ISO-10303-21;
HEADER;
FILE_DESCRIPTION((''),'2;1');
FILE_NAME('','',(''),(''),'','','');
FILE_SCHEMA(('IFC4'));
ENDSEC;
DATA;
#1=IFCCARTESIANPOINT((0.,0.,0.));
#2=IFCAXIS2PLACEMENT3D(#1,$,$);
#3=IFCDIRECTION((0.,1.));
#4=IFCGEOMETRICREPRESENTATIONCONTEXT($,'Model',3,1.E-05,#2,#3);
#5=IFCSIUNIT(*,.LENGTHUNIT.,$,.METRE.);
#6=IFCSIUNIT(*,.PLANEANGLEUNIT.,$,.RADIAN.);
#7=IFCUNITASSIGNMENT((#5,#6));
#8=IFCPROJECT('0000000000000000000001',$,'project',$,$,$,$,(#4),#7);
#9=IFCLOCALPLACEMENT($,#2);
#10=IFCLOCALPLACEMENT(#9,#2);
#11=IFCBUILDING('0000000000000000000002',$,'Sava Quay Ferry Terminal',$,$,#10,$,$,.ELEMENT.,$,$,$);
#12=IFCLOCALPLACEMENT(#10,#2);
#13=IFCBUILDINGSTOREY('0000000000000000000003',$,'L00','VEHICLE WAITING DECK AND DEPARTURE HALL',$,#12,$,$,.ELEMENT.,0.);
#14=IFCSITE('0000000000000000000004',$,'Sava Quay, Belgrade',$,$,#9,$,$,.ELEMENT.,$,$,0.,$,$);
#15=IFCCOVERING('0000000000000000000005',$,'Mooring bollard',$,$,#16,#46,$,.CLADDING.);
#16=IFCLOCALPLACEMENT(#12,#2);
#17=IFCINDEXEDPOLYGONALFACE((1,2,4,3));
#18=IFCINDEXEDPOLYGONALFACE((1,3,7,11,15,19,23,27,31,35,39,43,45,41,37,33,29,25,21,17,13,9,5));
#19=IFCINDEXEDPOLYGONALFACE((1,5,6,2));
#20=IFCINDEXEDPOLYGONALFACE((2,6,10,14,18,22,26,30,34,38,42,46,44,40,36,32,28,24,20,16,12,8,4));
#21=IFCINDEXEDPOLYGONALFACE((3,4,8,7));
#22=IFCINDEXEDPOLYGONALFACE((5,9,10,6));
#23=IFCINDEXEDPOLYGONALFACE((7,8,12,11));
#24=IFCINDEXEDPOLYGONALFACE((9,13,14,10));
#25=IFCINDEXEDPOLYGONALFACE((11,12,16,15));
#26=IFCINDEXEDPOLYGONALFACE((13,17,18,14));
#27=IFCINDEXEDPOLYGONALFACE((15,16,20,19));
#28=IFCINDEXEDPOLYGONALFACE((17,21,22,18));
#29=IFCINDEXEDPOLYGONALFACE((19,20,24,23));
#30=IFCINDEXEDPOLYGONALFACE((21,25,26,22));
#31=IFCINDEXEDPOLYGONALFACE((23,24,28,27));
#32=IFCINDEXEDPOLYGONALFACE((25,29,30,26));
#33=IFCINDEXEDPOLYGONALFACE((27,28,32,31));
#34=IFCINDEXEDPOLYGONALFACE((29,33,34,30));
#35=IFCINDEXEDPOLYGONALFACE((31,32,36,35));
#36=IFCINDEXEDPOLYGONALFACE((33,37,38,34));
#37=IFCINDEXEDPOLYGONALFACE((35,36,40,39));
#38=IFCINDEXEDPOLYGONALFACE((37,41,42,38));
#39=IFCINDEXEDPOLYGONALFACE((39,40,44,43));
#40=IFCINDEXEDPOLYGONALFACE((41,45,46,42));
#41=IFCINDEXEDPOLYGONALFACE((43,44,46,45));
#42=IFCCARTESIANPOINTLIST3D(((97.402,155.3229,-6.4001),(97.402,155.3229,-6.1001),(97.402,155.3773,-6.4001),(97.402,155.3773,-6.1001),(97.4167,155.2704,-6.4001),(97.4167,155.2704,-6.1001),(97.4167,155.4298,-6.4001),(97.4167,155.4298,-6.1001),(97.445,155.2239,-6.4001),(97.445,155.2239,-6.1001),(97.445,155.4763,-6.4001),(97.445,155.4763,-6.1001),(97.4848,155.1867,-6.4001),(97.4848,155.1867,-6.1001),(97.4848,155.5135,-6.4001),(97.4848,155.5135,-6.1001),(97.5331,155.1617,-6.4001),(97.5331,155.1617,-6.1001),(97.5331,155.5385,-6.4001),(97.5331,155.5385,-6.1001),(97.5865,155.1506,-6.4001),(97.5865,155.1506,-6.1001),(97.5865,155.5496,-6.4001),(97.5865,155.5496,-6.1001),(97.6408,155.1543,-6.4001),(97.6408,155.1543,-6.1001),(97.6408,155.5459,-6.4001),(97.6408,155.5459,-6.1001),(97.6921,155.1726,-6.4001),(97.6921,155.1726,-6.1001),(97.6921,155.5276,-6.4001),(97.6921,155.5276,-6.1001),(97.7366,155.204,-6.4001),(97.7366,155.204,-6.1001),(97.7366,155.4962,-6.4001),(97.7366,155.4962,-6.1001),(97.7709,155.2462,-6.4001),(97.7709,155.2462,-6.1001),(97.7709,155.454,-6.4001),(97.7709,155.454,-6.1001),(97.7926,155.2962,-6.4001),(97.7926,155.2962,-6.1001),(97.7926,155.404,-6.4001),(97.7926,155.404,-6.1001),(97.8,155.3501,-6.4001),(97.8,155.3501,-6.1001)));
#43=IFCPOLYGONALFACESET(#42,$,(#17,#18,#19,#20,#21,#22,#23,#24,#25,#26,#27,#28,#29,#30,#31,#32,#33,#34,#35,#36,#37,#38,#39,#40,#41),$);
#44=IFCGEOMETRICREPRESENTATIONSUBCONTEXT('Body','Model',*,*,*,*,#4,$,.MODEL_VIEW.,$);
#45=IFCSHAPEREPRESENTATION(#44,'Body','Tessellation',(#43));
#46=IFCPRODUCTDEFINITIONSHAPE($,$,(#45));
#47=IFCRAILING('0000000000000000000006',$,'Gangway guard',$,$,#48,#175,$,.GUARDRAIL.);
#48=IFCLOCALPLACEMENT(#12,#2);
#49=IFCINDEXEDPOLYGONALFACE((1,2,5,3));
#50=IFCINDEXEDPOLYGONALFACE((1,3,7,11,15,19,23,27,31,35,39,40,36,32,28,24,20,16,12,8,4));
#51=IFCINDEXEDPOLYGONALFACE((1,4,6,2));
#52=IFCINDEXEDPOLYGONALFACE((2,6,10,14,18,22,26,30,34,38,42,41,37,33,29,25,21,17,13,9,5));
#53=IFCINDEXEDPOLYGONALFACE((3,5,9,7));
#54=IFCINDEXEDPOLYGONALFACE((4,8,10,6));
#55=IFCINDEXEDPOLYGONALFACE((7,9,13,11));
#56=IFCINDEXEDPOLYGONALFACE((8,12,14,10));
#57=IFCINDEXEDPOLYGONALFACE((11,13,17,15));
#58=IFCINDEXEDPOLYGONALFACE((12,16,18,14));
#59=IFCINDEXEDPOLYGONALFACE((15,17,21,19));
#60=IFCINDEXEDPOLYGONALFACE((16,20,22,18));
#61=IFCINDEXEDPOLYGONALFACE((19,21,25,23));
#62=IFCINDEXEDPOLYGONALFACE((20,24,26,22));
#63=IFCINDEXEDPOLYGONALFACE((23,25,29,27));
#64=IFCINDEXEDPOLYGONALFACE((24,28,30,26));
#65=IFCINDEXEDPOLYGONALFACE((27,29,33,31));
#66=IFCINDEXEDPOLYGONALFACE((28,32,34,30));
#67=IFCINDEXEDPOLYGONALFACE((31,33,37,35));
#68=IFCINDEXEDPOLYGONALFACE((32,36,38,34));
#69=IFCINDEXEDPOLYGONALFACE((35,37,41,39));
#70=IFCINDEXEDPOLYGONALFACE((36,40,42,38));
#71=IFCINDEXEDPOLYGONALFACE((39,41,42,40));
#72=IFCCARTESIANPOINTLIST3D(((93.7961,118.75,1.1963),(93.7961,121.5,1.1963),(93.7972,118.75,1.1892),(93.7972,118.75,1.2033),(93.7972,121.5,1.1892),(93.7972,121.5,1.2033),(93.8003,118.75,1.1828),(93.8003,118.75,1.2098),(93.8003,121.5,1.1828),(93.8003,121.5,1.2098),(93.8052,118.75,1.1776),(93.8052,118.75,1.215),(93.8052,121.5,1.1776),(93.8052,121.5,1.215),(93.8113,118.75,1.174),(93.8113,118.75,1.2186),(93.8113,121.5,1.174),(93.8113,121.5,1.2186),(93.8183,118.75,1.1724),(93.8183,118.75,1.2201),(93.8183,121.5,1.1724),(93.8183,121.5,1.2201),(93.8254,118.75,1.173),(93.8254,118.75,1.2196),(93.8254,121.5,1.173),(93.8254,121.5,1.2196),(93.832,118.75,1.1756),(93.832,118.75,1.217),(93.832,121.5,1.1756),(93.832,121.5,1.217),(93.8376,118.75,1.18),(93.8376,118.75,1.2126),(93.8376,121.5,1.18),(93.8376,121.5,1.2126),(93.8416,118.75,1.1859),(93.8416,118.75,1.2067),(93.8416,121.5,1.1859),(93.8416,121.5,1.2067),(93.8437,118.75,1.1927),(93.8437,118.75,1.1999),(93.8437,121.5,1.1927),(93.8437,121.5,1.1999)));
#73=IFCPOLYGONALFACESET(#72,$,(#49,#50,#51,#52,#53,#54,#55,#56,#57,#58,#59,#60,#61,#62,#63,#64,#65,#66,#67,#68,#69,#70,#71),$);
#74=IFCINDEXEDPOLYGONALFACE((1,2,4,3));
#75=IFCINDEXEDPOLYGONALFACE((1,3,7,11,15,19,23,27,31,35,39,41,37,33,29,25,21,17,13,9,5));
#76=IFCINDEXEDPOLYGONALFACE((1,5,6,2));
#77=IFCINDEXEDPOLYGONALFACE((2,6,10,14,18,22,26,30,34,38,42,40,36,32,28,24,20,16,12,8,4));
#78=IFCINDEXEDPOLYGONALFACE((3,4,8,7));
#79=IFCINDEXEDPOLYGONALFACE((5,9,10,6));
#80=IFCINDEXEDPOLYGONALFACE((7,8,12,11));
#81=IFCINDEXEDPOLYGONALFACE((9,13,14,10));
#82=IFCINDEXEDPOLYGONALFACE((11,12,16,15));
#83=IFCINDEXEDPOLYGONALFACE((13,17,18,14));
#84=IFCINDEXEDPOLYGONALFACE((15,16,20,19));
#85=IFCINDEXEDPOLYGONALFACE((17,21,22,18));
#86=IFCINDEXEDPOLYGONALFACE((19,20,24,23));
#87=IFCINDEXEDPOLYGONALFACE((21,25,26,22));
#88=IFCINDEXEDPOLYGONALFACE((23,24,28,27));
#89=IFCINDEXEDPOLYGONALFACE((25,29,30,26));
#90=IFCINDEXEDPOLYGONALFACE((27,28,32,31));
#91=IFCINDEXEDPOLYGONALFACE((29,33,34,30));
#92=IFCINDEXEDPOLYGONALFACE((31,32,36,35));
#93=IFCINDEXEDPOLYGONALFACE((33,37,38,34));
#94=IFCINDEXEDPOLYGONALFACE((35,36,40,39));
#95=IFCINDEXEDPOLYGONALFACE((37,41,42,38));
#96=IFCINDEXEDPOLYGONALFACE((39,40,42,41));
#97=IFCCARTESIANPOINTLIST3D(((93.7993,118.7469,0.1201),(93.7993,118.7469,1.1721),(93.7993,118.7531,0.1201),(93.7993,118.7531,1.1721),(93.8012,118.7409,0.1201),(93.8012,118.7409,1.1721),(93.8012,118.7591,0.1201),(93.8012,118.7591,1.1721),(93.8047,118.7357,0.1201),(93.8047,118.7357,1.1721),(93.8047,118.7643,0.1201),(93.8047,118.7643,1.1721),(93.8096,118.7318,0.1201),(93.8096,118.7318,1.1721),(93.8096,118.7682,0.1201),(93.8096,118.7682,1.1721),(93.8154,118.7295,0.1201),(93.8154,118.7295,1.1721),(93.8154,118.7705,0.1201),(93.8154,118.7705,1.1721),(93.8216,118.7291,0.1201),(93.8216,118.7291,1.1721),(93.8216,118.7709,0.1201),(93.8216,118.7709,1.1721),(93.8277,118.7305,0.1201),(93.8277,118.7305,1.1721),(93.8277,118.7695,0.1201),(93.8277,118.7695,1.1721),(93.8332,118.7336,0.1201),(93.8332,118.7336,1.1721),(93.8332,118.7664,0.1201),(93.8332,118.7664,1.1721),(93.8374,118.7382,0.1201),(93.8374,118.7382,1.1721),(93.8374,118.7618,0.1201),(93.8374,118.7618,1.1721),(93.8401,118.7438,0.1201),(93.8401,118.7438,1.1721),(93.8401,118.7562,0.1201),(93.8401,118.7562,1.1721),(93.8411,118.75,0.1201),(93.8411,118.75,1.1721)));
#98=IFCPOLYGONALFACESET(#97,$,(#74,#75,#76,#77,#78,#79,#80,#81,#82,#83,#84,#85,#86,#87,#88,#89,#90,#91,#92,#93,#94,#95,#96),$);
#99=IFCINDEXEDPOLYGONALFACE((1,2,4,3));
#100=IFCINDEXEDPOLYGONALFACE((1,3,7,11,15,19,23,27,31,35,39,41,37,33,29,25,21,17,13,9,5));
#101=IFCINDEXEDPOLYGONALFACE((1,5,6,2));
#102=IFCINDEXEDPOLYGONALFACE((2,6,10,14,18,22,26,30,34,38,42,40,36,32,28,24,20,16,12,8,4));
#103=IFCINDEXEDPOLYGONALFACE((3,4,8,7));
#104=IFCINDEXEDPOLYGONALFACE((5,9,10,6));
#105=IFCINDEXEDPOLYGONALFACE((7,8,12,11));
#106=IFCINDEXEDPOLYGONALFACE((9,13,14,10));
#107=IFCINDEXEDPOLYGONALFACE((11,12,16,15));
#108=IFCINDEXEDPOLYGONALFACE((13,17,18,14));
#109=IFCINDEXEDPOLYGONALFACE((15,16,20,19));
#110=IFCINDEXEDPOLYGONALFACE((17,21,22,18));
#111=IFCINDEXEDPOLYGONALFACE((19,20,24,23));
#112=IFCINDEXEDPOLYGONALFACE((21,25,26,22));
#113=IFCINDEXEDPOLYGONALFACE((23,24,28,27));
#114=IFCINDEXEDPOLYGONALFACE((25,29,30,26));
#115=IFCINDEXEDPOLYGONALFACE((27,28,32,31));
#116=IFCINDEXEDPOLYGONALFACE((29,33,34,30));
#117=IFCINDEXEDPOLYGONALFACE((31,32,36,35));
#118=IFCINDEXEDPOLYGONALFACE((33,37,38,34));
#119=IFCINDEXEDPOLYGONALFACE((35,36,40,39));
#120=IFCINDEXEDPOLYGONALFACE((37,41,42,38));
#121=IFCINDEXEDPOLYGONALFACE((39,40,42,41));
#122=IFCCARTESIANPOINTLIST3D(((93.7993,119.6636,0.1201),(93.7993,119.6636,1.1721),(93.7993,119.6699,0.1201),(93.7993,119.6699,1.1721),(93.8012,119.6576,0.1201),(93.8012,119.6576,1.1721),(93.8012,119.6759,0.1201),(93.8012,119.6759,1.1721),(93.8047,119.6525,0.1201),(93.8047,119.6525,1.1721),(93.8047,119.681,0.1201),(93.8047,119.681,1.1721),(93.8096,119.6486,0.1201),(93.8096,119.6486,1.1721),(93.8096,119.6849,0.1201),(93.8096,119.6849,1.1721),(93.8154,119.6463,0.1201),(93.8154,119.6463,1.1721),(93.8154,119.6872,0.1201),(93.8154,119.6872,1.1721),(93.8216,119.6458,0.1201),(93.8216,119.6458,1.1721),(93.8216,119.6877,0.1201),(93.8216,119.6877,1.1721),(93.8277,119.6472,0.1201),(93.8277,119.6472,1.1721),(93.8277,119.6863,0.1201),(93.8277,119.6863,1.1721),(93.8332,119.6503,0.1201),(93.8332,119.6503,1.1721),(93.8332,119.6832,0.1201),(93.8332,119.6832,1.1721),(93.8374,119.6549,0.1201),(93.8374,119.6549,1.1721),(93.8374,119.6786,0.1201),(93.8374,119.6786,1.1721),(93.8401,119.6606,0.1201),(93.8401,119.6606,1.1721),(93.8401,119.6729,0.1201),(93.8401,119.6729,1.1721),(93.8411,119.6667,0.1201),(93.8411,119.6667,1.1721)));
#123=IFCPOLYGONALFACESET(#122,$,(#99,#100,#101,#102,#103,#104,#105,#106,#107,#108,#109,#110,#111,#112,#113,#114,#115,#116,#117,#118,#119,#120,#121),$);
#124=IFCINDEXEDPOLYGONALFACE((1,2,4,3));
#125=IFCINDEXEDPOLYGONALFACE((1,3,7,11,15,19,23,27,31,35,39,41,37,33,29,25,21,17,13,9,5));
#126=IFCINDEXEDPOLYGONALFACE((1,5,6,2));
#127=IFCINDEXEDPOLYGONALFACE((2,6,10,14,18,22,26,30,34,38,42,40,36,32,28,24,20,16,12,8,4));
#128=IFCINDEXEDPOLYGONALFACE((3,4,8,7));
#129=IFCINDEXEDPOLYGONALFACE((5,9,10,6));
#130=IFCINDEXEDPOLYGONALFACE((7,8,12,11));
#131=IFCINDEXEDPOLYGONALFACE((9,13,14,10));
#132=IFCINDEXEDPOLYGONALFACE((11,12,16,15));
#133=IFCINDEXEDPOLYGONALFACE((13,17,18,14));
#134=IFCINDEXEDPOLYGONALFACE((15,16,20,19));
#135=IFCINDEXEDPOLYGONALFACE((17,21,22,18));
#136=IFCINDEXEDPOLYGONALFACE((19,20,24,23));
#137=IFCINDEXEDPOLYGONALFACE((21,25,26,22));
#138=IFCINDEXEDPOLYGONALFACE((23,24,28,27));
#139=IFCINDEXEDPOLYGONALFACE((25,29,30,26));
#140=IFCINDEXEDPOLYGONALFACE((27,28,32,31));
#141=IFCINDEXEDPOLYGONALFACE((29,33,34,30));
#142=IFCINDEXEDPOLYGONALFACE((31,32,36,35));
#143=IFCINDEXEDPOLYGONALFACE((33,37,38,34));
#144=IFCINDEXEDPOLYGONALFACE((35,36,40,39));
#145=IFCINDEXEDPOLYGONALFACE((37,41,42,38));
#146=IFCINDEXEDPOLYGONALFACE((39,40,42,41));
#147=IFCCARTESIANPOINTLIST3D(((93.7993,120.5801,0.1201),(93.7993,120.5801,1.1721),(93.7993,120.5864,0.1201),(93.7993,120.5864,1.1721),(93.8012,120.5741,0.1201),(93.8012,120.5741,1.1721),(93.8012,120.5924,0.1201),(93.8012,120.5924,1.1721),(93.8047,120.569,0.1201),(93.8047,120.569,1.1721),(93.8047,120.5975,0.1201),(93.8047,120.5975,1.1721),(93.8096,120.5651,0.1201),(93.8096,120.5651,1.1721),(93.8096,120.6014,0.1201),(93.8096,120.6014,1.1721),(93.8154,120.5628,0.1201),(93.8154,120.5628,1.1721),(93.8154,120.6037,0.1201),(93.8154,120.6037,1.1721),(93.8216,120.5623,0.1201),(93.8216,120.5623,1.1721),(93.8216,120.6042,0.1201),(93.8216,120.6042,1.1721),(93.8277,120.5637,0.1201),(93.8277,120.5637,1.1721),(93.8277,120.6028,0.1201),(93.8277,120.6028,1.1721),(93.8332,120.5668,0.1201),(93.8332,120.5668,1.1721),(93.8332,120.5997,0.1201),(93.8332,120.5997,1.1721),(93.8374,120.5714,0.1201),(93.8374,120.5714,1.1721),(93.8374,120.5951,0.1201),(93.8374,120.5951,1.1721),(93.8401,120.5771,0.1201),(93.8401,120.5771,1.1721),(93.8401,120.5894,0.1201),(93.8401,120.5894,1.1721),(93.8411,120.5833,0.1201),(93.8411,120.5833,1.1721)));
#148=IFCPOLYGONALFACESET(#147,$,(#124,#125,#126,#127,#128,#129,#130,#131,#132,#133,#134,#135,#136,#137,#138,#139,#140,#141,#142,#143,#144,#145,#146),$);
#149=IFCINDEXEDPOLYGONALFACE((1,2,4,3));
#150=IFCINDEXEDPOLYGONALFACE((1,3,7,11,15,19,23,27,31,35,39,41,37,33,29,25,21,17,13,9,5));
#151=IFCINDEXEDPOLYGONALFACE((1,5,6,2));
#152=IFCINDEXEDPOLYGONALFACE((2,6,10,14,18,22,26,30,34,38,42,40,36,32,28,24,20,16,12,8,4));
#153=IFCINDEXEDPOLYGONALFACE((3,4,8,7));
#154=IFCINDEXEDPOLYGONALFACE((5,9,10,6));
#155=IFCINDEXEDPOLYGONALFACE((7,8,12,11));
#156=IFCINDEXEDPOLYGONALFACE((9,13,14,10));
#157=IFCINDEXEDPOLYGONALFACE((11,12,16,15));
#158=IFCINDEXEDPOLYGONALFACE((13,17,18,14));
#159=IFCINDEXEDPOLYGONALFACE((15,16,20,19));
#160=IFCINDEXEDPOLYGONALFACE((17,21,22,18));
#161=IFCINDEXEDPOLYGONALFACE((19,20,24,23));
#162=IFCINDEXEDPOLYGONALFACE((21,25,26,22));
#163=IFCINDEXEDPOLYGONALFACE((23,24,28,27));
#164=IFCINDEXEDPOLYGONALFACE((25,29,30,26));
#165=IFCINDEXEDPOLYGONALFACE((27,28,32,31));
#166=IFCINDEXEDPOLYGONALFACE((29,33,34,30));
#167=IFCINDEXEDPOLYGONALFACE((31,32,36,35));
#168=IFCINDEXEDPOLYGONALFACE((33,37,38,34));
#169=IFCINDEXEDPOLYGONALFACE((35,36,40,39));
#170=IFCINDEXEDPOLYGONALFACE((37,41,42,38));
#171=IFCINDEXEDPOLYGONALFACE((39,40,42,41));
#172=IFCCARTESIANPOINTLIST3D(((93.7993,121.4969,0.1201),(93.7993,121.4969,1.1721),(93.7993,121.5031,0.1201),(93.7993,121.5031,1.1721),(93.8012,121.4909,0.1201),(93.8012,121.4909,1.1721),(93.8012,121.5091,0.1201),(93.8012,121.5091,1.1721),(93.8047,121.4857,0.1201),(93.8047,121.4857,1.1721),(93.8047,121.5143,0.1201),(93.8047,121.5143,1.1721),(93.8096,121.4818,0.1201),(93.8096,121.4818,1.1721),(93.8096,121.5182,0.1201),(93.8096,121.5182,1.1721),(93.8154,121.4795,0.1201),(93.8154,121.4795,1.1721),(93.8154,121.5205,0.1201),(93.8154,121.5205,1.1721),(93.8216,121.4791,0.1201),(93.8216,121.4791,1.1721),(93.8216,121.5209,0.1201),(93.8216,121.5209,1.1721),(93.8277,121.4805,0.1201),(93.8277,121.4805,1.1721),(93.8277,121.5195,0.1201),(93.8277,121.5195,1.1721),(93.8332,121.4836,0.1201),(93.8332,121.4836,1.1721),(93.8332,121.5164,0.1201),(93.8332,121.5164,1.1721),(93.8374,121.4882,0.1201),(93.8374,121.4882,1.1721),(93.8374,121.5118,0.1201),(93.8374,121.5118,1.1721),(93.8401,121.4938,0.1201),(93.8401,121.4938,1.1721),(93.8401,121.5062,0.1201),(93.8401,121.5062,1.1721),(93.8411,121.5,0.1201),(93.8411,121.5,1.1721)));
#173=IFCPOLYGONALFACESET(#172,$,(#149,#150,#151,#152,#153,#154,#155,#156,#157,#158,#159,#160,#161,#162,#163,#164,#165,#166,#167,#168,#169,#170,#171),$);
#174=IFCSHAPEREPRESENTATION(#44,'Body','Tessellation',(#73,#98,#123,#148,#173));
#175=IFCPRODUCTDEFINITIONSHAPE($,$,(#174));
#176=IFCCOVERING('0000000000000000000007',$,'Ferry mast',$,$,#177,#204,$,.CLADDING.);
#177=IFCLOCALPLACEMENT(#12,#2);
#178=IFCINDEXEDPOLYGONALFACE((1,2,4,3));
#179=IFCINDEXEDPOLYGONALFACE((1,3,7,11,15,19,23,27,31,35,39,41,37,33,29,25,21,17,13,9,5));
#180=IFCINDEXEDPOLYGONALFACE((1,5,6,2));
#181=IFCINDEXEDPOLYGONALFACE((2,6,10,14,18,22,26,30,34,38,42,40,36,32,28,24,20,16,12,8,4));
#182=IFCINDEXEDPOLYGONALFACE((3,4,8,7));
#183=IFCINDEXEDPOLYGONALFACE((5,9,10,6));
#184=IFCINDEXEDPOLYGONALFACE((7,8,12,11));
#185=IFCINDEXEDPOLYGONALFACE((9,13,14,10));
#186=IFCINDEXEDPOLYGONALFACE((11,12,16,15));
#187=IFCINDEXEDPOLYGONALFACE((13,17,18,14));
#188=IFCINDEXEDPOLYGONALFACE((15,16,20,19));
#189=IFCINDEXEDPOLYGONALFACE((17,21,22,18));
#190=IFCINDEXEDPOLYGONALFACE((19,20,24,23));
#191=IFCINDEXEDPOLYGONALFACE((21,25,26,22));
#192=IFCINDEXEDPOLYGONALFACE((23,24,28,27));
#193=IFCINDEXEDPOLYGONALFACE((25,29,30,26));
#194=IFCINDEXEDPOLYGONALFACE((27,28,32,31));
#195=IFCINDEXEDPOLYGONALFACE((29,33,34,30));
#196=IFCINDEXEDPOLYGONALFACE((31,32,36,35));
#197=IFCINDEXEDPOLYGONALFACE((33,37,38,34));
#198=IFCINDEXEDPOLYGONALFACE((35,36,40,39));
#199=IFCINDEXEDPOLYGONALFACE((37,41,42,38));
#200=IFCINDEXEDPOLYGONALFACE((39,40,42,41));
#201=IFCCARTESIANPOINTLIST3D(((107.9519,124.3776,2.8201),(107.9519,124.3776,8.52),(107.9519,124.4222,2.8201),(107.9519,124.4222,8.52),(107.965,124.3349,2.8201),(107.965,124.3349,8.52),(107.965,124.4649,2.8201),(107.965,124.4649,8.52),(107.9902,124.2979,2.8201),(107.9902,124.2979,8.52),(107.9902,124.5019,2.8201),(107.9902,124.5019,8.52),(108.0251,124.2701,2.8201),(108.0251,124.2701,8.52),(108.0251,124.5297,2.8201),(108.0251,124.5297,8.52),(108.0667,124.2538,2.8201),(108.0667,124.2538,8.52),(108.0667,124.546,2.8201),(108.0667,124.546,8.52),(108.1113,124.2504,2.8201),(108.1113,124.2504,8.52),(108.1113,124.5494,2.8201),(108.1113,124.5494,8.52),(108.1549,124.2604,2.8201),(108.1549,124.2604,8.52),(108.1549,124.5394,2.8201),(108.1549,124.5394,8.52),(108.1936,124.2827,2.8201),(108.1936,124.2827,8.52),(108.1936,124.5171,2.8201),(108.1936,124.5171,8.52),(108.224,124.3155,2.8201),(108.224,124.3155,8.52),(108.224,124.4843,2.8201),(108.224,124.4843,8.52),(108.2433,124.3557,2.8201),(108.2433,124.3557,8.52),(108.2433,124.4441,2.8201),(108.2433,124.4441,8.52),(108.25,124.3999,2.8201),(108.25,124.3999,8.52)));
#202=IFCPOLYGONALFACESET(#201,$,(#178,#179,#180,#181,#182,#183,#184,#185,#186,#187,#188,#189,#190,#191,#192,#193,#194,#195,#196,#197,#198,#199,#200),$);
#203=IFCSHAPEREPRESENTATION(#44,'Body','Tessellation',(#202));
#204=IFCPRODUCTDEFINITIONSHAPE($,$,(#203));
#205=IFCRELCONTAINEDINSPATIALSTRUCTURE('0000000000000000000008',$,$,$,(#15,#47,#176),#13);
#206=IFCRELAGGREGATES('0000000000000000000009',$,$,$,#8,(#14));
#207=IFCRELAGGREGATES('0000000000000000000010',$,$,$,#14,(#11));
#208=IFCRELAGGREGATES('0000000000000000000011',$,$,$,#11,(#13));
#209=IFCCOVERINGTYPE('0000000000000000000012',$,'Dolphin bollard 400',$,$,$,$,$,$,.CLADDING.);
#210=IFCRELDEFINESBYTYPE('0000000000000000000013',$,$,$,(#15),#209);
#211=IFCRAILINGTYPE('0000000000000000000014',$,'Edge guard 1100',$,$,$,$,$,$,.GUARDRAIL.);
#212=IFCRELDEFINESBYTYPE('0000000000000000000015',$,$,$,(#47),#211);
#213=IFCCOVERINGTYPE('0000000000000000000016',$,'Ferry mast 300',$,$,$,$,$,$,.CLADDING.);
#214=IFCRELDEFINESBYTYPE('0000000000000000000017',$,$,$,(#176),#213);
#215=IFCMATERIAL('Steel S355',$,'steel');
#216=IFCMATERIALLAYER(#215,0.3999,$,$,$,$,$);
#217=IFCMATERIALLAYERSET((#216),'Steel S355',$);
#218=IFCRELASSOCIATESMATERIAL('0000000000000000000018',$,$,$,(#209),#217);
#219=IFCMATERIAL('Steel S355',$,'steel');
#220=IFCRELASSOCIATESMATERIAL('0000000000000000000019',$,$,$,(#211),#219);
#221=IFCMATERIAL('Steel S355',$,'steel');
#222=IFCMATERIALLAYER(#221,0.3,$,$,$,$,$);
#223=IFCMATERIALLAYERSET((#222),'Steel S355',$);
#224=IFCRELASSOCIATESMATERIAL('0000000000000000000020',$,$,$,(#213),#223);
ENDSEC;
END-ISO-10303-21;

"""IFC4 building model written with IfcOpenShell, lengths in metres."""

from ifc_helpers import new_model, si_unit, direction, frame, origin, origin_2d, place, context, subcontext, project, spatial, circle, extrude, material, layer, layer_set, type_object, element, save


model = new_model("IFC4")

# Units and contexts
model_context = context("Model", 3, precision=1e-05, world=origin(), true_north=direction((0.0, 1.0)))
body_context = subcontext(model_context, "Body", "Model", "MODEL_VIEW")
ifc_project = project(units=[si_unit("LENGTHUNIT", "METRE"), si_unit("PLANEANGLEUNIT", "RADIAN")], contexts=[model_context])

# Site, building, storey
site_placement = place(None, origin())
site = spatial("IfcSite", under=ifc_project, at=site_placement, Name="Sava Quay, Belgrade", CompositionType="ELEMENT", RefElevation=0.0)
building_placement = place(site_placement, origin())
building = spatial("IfcBuilding", under=site, at=building_placement, Name="Sava Quay Ferry Terminal", CompositionType="ELEMENT")
storey_placement = place(building_placement, origin())
storey = spatial("IfcBuildingStorey", under=building, at=storey_placement, Name="L00", Description="VEHICLE WAITING DECK AND DEPARTURE HALL", CompositionType="ELEMENT", Elevation=0.0)

# Covering
ifc_material_1 = material(Name="Steel S355", Category="steel")
ifc_layer_1 = layer(ifc_material_1, 0.3999)
ifc_layer_set_1 = layer_set([ifc_layer_1], Name="Steel S355")
covering_type_1 = type_object("IfcCoveringType", Name="Dolphin bollard 400", PredefinedType="CLADDING", material=ifc_layer_set_1)
covering_1_placement = place(storey_placement, frame((97.6001, 155.3501, -6.1001), z_axis=(0.0, 0.0, -1.0), x_axis=(1.0, 0.0, 0.0)))
element("IfcCovering", 1, at=covering_1_placement, inside=storey, type_object=covering_type_1, Name="Mooring bollard", PredefinedType="CLADDING", context=body_context, shape_type="SweptSolid", body=[
    extrude(circle(Radius=0.2, at=origin_2d()), origin(), (0.0, 0.0, 1.0), 0.3),
])

# Railing
ifc_material_2 = material(Name="Steel S355", Category="steel")
railing_type = type_object("IfcRailingType", Name="Edge guard 1100", PredefinedType="GUARDRAIL", material=ifc_material_2)
railing_placement = place(storey_placement, frame((93.8201, 118.75, 0.1201)))
element("IfcRailing", 2, at=railing_placement, inside=storey, type_object=railing_type, Name="Gangway guard", PredefinedType="GUARDRAIL", context=body_context, shape_type="SweptSolid", body=[
    extrude(circle(Radius=0.0239, at=origin_2d()), frame((0.0, 0.0, 1.0762), z_axis=(0.0, 1.0, 0.0), x_axis=(-1.0, 0.0, 0.0)), (0.0, 0.0, 1.0), 2.75),
    extrude(circle(Radius=0.021, at=origin_2d()), origin(), (0.0, 0.0, 1.0), 1.052),
    extrude(circle(Radius=0.021, at=origin_2d()), frame((0.0, 0.9167, 0.0)), (0.0, 0.0, 1.0), 1.052),
    extrude(circle(Radius=0.021, at=origin_2d()), frame((0.0, 1.8333, 0.0)), (0.0, 0.0, 1.0), 1.052),
    extrude(circle(Radius=0.021, at=origin_2d()), frame((0.0, 2.75, 0.0)), (0.0, 0.0, 1.0), 1.052),
])

# Covering
ifc_material_3 = material(Name="Steel S355", Category="steel")
ifc_layer_2 = layer(ifc_material_3, 0.3)
ifc_layer_set_2 = layer_set([ifc_layer_2], Name="Steel S355")
covering_type_2 = type_object("IfcCoveringType", Name="Ferry mast 300", PredefinedType="CLADDING", material=ifc_layer_set_2)
covering_2_placement = place(storey_placement, frame((108.1001, 124.3999, 8.52), z_axis=(0.0, 0.0, -1.0), x_axis=(1.0, 0.0, 0.0)))
element("IfcCovering", 3, at=covering_2_placement, inside=storey, type_object=covering_type_2, Name="Ferry mast", PredefinedType="CLADDING", context=body_context, shape_type="SweptSolid", body=[
    extrude(circle(Radius=0.1499, at=origin_2d()), origin(), (0.0, 0.0, 1.0), 5.7),
])

save(model, "model.ifc")
